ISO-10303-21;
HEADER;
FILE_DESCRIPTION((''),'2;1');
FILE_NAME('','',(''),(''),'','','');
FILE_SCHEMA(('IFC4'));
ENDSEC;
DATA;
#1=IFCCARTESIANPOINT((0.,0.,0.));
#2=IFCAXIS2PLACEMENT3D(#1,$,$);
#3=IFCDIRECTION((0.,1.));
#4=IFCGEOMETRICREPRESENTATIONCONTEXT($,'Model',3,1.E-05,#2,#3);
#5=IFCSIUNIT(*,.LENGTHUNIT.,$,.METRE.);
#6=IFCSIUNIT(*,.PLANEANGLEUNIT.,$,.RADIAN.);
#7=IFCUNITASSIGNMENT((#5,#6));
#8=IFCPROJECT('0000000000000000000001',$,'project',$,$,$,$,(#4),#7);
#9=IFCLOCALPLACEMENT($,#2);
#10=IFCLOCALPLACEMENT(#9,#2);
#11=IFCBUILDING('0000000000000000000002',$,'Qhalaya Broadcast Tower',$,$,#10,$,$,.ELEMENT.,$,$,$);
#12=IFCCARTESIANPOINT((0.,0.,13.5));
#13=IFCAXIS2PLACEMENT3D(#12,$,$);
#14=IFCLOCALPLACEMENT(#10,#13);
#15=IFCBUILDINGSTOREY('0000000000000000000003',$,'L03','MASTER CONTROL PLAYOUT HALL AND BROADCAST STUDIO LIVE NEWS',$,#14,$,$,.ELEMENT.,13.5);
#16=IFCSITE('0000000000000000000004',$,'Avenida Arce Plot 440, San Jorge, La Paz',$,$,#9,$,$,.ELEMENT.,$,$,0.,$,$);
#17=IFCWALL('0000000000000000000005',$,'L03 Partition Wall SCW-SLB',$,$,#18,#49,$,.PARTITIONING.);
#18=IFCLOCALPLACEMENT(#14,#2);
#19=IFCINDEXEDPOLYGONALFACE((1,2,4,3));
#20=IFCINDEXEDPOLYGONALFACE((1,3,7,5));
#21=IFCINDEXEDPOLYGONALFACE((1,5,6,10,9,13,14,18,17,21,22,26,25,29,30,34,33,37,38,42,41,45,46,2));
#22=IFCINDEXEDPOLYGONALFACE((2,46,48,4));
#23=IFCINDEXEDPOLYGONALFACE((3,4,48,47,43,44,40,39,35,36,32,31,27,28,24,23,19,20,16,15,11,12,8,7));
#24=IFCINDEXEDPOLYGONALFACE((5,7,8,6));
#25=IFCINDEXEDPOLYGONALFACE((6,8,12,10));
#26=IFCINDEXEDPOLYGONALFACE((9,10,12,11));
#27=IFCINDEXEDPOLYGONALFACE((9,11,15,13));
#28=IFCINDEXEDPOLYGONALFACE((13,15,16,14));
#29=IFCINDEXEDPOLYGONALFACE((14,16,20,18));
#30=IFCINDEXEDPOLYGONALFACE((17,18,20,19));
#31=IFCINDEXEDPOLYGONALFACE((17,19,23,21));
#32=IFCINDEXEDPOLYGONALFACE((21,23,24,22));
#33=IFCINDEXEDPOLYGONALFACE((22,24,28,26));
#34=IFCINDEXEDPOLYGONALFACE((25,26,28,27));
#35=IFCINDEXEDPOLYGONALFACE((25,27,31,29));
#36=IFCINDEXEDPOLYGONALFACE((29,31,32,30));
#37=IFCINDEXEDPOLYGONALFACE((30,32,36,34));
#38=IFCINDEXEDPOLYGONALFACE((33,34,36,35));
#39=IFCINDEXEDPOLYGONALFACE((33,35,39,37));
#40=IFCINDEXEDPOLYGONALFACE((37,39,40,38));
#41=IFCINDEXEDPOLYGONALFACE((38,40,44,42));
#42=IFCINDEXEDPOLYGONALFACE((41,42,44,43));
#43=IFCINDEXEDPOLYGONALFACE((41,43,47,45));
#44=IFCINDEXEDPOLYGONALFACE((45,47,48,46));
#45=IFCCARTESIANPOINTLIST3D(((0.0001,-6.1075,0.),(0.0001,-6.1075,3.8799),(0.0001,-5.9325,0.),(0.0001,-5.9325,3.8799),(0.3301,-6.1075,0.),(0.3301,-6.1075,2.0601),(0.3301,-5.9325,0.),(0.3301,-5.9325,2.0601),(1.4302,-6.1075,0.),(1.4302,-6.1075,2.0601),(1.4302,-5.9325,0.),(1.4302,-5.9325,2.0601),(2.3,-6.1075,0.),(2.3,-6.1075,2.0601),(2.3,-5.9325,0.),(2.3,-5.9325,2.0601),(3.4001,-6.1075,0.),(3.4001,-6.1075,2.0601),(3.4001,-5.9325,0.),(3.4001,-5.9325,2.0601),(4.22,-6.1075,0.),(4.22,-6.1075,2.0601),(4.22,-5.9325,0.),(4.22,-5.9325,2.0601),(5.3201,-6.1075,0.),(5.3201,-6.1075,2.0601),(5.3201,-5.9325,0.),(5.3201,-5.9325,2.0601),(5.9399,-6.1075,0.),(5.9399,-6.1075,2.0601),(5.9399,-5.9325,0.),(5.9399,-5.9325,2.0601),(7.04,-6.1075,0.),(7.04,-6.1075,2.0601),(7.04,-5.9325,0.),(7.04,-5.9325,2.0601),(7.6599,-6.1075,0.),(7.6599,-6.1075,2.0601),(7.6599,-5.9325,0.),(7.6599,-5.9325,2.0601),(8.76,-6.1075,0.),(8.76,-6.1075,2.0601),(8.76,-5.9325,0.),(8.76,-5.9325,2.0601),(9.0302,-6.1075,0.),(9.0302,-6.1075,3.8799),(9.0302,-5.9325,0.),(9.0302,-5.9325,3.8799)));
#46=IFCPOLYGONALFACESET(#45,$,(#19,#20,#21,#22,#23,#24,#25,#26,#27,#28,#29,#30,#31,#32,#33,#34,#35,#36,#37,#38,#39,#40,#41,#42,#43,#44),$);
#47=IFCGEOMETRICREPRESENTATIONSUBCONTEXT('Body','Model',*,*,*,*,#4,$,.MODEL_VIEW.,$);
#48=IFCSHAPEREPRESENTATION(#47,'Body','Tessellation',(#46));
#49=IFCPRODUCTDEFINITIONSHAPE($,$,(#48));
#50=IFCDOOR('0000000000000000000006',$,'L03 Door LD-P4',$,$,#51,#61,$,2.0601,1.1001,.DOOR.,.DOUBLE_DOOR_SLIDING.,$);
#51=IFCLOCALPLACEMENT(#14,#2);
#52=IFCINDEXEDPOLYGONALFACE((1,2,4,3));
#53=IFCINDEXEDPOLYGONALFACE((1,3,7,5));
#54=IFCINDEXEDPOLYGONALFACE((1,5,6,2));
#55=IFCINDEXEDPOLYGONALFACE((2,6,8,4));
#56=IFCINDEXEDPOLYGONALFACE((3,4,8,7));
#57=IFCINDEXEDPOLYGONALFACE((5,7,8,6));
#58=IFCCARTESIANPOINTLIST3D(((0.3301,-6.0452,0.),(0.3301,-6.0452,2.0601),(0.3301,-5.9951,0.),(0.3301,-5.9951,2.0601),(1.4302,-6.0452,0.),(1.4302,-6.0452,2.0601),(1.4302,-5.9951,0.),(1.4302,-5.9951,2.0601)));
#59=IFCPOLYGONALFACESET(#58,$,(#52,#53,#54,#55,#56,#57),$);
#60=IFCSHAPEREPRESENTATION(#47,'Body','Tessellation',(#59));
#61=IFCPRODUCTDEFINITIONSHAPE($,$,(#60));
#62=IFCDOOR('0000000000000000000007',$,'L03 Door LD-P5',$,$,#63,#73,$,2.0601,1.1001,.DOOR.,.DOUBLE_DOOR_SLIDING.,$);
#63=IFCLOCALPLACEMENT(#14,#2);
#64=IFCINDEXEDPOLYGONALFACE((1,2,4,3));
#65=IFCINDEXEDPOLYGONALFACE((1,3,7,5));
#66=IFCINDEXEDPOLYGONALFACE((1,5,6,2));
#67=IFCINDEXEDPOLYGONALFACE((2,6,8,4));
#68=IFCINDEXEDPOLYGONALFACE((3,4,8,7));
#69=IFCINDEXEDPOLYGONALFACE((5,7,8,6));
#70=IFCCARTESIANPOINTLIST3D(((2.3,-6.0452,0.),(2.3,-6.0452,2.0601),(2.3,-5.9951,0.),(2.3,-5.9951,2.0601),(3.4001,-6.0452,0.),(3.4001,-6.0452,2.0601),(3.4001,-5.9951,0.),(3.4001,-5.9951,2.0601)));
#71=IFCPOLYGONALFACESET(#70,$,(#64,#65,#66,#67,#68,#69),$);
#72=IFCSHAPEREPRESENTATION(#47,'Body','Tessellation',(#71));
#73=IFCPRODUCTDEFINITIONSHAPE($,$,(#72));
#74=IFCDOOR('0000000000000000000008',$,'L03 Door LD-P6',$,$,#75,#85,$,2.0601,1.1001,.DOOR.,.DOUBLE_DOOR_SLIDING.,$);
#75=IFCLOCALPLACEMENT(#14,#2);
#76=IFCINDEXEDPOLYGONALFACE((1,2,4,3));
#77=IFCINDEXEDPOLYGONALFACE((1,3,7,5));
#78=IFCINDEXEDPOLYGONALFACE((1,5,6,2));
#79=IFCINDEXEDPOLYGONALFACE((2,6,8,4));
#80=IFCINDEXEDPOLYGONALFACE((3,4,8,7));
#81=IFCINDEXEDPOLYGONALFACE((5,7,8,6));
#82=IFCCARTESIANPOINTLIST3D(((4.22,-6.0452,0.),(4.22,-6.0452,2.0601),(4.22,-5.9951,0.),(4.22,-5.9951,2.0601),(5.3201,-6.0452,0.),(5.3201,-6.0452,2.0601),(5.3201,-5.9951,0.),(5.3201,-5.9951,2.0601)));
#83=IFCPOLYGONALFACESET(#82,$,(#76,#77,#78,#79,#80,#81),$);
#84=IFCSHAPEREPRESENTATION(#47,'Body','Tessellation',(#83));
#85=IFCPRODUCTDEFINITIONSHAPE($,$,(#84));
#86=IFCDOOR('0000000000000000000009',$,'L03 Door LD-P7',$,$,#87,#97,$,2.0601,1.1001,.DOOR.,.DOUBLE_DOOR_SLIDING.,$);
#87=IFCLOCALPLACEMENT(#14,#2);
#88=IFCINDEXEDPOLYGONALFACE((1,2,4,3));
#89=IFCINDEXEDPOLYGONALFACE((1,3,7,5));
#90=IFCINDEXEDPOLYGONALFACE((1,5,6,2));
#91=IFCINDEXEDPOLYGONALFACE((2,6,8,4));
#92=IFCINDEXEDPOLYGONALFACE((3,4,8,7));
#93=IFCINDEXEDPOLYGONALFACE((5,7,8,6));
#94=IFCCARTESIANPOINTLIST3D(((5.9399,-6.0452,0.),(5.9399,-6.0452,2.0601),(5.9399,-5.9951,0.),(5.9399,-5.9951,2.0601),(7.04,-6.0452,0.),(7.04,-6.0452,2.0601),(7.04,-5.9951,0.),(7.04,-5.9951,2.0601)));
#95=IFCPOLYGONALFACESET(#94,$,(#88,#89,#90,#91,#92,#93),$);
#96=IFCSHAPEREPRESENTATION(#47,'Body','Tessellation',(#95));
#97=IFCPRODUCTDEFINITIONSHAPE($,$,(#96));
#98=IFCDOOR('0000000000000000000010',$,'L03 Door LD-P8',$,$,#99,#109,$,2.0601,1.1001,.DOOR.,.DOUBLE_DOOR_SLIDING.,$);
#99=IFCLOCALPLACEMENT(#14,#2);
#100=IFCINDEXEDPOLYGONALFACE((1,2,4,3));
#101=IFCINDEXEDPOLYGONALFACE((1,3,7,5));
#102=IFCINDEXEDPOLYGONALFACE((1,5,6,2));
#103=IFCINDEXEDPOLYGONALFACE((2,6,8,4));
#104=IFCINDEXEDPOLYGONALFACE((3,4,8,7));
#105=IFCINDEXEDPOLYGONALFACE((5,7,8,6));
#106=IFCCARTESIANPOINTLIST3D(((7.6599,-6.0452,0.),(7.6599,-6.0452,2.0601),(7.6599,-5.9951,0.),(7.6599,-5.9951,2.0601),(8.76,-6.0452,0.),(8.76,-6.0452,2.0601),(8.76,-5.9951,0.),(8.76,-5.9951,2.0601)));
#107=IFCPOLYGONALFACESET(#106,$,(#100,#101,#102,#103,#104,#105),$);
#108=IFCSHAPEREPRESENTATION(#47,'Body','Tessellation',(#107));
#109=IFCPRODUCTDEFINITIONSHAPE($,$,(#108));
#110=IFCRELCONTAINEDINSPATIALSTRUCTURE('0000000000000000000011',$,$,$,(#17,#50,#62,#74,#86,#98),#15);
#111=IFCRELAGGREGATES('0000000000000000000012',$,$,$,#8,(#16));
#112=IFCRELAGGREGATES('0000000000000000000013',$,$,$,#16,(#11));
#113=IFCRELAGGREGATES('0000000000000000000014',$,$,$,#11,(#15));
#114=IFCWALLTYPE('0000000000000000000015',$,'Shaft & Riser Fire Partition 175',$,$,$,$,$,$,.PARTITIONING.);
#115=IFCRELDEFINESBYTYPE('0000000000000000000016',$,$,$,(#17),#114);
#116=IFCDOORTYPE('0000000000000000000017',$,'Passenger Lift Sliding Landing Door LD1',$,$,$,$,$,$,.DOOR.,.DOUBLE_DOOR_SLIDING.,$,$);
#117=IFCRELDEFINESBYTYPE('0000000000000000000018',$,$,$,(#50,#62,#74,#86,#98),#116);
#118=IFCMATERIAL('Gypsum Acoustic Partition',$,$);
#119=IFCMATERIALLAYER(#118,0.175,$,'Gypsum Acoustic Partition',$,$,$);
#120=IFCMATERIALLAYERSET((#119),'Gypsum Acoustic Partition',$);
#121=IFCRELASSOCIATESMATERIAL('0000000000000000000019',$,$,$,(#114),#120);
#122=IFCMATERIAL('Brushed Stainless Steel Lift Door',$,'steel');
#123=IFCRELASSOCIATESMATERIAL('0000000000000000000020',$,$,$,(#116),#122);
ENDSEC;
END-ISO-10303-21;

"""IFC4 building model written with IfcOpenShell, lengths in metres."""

from ifc_helpers import new_model, si_unit, direction, frame, frame_2d, origin, place, context, subcontext, project, spatial, rectangle, extrude, material, layer, layer_set, type_object, element, fill, save


model = new_model("IFC4")

# Units and contexts
model_context = context("Model", 3, precision=1e-05, world=origin(), true_north=direction((0.0, 1.0)))
body_context = subcontext(model_context, "Body", "Model", "MODEL_VIEW")
ifc_project = project(units=[si_unit("LENGTHUNIT", "METRE"), si_unit("PLANEANGLEUNIT", "RADIAN")], contexts=[model_context])

# Site, building, storey
site_placement = place(None, origin())
site = spatial("IfcSite", under=ifc_project, at=site_placement, Name="Avenida Arce Plot 440, San Jorge, La Paz", CompositionType="ELEMENT", RefElevation=0.0)
building_placement = place(site_placement, origin())
building = spatial("IfcBuilding", under=site, at=building_placement, Name="Qhalaya Broadcast Tower", CompositionType="ELEMENT")
storey_placement = place(building_placement, frame((0.0, 0.0, 13.5)))
storey = spatial("IfcBuildingStorey", under=building, at=storey_placement, Name="L03", Description="MASTER CONTROL PLAYOUT HALL AND BROADCAST STUDIO LIVE NEWS", CompositionType="ELEMENT", Elevation=13.5)

# Shared definitions
ifc_material_1 = material(Name="Brushed Stainless Steel Lift Door", Category="steel")

# Shared definitions
ifc_material_2 = material(Name="Gypsum Acoustic Partition")

# Shared definitions
ifc_layer_1 = layer(ifc_material_2, 0.175, Name="Gypsum Acoustic Partition")
ifc_layer_set_1 = layer_set([ifc_layer_1], Name="Gypsum Acoustic Partition")
wall_type_1 = type_object("IfcWallType", Name="Shaft & Riser Fire Partition 175", PredefinedType="PARTITIONING", material=ifc_layer_set_1)

# Wall, openings, doors
wall_1_placement = place(storey_placement, frame((0.0, -6.02, 0.0), z_axis=(0.0, 0.0, 1.0), x_axis=(1.0, 0.0, 0.0)))
wall_1 = element("IfcWall", 1, at=wall_1_placement, inside=storey, type_object=wall_type_1, Name="L03 Partition Wall SCW-SLB", PredefinedType="PARTITIONING", context=body_context, shape_type="SweptSolid", body=[
    extrude(rectangle(XDim=9.03, YDim=0.175, at=frame_2d((4.5151, 0.0))), origin(), (0.0, 0.0, 1.0), 3.8799),
])
opening_1_placement = place(wall_1_placement, frame((0.3301, 0.0, 0.0)))
opening_1 = element("IfcOpeningElement", 2, at=opening_1_placement, cuts=wall_1, PredefinedType="OPENING", context=body_context, shape_type="SweptSolid", body=[
    extrude(rectangle(XDim=1.1001, YDim=2.0601, at=frame_2d((0.55, 1.03))), frame((0.0, 0.0996, 0.0), z_axis=(0.0, -1.0, 0.0), x_axis=(1.0, 0.0, 0.0)), (0.0, 0.0, 1.0), 0.199),
])
opening_2_placement = place(wall_1_placement, frame((2.3, 0.0, 0.0)))
opening_2 = element("IfcOpeningElement", 3, at=opening_2_placement, cuts=wall_1, PredefinedType="OPENING", context=body_context, shape_type="SweptSolid", body=[
    extrude(rectangle(XDim=1.1001, YDim=2.0601, at=frame_2d((0.55, 1.03))), frame((0.0, 0.0996, 0.0), z_axis=(0.0, -1.0, 0.0), x_axis=(1.0, 0.0, 0.0)), (0.0, 0.0, 1.0), 0.199),
])
opening_3_placement = place(wall_1_placement, frame((4.22, 0.0, 0.0)))
opening_3 = element("IfcOpeningElement", 4, at=opening_3_placement, cuts=wall_1, PredefinedType="OPENING", context=body_context, shape_type="SweptSolid", body=[
    extrude(rectangle(XDim=1.1001, YDim=2.0601, at=frame_2d((0.55, 1.03))), frame((0.0, 0.0996, 0.0), z_axis=(0.0, -1.0, 0.0), x_axis=(1.0, 0.0, 0.0)), (0.0, 0.0, 1.0), 0.199),
])
opening_4_placement = place(wall_1_placement, frame((5.9399, 0.0, 0.0)))
opening_4 = element("IfcOpeningElement", 5, at=opening_4_placement, cuts=wall_1, PredefinedType="OPENING", context=body_context, shape_type="SweptSolid", body=[
    extrude(rectangle(XDim=1.1001, YDim=2.0601, at=frame_2d((0.55, 1.03))), frame((0.0, 0.0996, 0.0), z_axis=(0.0, -1.0, 0.0), x_axis=(1.0, 0.0, 0.0)), (0.0, 0.0, 1.0), 0.199),
])
opening_5_placement = place(wall_1_placement, frame((7.6599, 0.0, 0.0)))
opening_5 = element("IfcOpeningElement", 6, at=opening_5_placement, cuts=wall_1, PredefinedType="OPENING", context=body_context, shape_type="SweptSolid", body=[
    extrude(rectangle(XDim=1.1001, YDim=2.0601, at=frame_2d((0.55, 1.03))), frame((0.0, 0.0996, 0.0), z_axis=(0.0, -1.0, 0.0), x_axis=(1.0, 0.0, 0.0)), (0.0, 0.0, 1.0), 0.199),
])
door_type_1 = type_object("IfcDoorType", Name="Passenger Lift Sliding Landing Door LD1", OperationType="DOUBLE_DOOR_SLIDING", PredefinedType="DOOR", material=ifc_material_1)
door_1_placement = place(opening_1_placement, origin())
door_1 = element("IfcDoor", 7, at=door_1_placement, inside=storey, type_object=door_type_1, Name="L03 Door LD-P4", OperationType="DOUBLE_DOOR_SLIDING", OverallHeight=2.0601, OverallWidth=1.1001, PredefinedType="DOOR", context=body_context, shape_type="SweptSolid", body=[
    extrude(rectangle(XDim=1.1001, YDim=2.0601, at=frame_2d((0.55, 1.03))), frame((0.0, 0.0249, 0.0), z_axis=(0.0, -1.0, 0.0), x_axis=(1.0, 0.0, 0.0)), (0.0, 0.0, 1.0), 0.05),
])
fill(opening_1, door_1)
door_2_placement = place(opening_2_placement, origin())
door_2 = element("IfcDoor", 8, at=door_2_placement, inside=storey, type_object=door_type_1, Name="L03 Door LD-P5", OperationType="DOUBLE_DOOR_SLIDING", OverallHeight=2.0601, OverallWidth=1.1001, PredefinedType="DOOR", context=body_context, shape_type="SweptSolid", body=[
    extrude(rectangle(XDim=1.1001, YDim=2.0601, at=frame_2d((0.55, 1.03))), frame((0.0, 0.0249, 0.0), z_axis=(0.0, -1.0, 0.0), x_axis=(1.0, 0.0, 0.0)), (0.0, 0.0, 1.0), 0.05),
])
fill(opening_2, door_2)
door_3_placement = place(opening_3_placement, origin())
door_3 = element("IfcDoor", 9, at=door_3_placement, inside=storey, type_object=door_type_1, Name="L03 Door LD-P6", OperationType="DOUBLE_DOOR_SLIDING", OverallHeight=2.0601, OverallWidth=1.1001, PredefinedType="DOOR", context=body_context, shape_type="SweptSolid", body=[
    extrude(rectangle(XDim=1.1001, YDim=2.0601, at=frame_2d((0.55, 1.03))), frame((0.0, 0.0249, 0.0), z_axis=(0.0, -1.0, 0.0), x_axis=(1.0, 0.0, 0.0)), (0.0, 0.0, 1.0), 0.05),
])
fill(opening_3, door_3)
door_4_placement = place(opening_4_placement, origin())
door_4 = element("IfcDoor", 10, at=door_4_placement, inside=storey, type_object=door_type_1, Name="L03 Door LD-P7", OperationType="DOUBLE_DOOR_SLIDING", OverallHeight=2.0601, OverallWidth=1.1001, PredefinedType="DOOR", context=body_context, shape_type="SweptSolid", body=[
    extrude(rectangle(XDim=1.1001, YDim=2.0601, at=frame_2d((0.55, 1.03))), frame((0.0, 0.0249, 0.0), z_axis=(0.0, -1.0, 0.0), x_axis=(1.0, 0.0, 0.0)), (0.0, 0.0, 1.0), 0.05),
])
fill(opening_4, door_4)
door_5_placement = place(opening_5_placement, origin())
door_5 = element("IfcDoor", 11, at=door_5_placement, inside=storey, type_object=door_type_1, Name="L03 Door LD-P8", OperationType="DOUBLE_DOOR_SLIDING", OverallHeight=2.0601, OverallWidth=1.1001, PredefinedType="DOOR", context=body_context, shape_type="SweptSolid", body=[
    extrude(rectangle(XDim=1.1001, YDim=2.0601, at=frame_2d((0.55, 1.03))), frame((0.0, 0.0249, 0.0), z_axis=(0.0, -1.0, 0.0), x_axis=(1.0, 0.0, 0.0)), (0.0, 0.0, 1.0), 0.05),
])
fill(opening_5, door_5)

save(model, "model.ifc")
